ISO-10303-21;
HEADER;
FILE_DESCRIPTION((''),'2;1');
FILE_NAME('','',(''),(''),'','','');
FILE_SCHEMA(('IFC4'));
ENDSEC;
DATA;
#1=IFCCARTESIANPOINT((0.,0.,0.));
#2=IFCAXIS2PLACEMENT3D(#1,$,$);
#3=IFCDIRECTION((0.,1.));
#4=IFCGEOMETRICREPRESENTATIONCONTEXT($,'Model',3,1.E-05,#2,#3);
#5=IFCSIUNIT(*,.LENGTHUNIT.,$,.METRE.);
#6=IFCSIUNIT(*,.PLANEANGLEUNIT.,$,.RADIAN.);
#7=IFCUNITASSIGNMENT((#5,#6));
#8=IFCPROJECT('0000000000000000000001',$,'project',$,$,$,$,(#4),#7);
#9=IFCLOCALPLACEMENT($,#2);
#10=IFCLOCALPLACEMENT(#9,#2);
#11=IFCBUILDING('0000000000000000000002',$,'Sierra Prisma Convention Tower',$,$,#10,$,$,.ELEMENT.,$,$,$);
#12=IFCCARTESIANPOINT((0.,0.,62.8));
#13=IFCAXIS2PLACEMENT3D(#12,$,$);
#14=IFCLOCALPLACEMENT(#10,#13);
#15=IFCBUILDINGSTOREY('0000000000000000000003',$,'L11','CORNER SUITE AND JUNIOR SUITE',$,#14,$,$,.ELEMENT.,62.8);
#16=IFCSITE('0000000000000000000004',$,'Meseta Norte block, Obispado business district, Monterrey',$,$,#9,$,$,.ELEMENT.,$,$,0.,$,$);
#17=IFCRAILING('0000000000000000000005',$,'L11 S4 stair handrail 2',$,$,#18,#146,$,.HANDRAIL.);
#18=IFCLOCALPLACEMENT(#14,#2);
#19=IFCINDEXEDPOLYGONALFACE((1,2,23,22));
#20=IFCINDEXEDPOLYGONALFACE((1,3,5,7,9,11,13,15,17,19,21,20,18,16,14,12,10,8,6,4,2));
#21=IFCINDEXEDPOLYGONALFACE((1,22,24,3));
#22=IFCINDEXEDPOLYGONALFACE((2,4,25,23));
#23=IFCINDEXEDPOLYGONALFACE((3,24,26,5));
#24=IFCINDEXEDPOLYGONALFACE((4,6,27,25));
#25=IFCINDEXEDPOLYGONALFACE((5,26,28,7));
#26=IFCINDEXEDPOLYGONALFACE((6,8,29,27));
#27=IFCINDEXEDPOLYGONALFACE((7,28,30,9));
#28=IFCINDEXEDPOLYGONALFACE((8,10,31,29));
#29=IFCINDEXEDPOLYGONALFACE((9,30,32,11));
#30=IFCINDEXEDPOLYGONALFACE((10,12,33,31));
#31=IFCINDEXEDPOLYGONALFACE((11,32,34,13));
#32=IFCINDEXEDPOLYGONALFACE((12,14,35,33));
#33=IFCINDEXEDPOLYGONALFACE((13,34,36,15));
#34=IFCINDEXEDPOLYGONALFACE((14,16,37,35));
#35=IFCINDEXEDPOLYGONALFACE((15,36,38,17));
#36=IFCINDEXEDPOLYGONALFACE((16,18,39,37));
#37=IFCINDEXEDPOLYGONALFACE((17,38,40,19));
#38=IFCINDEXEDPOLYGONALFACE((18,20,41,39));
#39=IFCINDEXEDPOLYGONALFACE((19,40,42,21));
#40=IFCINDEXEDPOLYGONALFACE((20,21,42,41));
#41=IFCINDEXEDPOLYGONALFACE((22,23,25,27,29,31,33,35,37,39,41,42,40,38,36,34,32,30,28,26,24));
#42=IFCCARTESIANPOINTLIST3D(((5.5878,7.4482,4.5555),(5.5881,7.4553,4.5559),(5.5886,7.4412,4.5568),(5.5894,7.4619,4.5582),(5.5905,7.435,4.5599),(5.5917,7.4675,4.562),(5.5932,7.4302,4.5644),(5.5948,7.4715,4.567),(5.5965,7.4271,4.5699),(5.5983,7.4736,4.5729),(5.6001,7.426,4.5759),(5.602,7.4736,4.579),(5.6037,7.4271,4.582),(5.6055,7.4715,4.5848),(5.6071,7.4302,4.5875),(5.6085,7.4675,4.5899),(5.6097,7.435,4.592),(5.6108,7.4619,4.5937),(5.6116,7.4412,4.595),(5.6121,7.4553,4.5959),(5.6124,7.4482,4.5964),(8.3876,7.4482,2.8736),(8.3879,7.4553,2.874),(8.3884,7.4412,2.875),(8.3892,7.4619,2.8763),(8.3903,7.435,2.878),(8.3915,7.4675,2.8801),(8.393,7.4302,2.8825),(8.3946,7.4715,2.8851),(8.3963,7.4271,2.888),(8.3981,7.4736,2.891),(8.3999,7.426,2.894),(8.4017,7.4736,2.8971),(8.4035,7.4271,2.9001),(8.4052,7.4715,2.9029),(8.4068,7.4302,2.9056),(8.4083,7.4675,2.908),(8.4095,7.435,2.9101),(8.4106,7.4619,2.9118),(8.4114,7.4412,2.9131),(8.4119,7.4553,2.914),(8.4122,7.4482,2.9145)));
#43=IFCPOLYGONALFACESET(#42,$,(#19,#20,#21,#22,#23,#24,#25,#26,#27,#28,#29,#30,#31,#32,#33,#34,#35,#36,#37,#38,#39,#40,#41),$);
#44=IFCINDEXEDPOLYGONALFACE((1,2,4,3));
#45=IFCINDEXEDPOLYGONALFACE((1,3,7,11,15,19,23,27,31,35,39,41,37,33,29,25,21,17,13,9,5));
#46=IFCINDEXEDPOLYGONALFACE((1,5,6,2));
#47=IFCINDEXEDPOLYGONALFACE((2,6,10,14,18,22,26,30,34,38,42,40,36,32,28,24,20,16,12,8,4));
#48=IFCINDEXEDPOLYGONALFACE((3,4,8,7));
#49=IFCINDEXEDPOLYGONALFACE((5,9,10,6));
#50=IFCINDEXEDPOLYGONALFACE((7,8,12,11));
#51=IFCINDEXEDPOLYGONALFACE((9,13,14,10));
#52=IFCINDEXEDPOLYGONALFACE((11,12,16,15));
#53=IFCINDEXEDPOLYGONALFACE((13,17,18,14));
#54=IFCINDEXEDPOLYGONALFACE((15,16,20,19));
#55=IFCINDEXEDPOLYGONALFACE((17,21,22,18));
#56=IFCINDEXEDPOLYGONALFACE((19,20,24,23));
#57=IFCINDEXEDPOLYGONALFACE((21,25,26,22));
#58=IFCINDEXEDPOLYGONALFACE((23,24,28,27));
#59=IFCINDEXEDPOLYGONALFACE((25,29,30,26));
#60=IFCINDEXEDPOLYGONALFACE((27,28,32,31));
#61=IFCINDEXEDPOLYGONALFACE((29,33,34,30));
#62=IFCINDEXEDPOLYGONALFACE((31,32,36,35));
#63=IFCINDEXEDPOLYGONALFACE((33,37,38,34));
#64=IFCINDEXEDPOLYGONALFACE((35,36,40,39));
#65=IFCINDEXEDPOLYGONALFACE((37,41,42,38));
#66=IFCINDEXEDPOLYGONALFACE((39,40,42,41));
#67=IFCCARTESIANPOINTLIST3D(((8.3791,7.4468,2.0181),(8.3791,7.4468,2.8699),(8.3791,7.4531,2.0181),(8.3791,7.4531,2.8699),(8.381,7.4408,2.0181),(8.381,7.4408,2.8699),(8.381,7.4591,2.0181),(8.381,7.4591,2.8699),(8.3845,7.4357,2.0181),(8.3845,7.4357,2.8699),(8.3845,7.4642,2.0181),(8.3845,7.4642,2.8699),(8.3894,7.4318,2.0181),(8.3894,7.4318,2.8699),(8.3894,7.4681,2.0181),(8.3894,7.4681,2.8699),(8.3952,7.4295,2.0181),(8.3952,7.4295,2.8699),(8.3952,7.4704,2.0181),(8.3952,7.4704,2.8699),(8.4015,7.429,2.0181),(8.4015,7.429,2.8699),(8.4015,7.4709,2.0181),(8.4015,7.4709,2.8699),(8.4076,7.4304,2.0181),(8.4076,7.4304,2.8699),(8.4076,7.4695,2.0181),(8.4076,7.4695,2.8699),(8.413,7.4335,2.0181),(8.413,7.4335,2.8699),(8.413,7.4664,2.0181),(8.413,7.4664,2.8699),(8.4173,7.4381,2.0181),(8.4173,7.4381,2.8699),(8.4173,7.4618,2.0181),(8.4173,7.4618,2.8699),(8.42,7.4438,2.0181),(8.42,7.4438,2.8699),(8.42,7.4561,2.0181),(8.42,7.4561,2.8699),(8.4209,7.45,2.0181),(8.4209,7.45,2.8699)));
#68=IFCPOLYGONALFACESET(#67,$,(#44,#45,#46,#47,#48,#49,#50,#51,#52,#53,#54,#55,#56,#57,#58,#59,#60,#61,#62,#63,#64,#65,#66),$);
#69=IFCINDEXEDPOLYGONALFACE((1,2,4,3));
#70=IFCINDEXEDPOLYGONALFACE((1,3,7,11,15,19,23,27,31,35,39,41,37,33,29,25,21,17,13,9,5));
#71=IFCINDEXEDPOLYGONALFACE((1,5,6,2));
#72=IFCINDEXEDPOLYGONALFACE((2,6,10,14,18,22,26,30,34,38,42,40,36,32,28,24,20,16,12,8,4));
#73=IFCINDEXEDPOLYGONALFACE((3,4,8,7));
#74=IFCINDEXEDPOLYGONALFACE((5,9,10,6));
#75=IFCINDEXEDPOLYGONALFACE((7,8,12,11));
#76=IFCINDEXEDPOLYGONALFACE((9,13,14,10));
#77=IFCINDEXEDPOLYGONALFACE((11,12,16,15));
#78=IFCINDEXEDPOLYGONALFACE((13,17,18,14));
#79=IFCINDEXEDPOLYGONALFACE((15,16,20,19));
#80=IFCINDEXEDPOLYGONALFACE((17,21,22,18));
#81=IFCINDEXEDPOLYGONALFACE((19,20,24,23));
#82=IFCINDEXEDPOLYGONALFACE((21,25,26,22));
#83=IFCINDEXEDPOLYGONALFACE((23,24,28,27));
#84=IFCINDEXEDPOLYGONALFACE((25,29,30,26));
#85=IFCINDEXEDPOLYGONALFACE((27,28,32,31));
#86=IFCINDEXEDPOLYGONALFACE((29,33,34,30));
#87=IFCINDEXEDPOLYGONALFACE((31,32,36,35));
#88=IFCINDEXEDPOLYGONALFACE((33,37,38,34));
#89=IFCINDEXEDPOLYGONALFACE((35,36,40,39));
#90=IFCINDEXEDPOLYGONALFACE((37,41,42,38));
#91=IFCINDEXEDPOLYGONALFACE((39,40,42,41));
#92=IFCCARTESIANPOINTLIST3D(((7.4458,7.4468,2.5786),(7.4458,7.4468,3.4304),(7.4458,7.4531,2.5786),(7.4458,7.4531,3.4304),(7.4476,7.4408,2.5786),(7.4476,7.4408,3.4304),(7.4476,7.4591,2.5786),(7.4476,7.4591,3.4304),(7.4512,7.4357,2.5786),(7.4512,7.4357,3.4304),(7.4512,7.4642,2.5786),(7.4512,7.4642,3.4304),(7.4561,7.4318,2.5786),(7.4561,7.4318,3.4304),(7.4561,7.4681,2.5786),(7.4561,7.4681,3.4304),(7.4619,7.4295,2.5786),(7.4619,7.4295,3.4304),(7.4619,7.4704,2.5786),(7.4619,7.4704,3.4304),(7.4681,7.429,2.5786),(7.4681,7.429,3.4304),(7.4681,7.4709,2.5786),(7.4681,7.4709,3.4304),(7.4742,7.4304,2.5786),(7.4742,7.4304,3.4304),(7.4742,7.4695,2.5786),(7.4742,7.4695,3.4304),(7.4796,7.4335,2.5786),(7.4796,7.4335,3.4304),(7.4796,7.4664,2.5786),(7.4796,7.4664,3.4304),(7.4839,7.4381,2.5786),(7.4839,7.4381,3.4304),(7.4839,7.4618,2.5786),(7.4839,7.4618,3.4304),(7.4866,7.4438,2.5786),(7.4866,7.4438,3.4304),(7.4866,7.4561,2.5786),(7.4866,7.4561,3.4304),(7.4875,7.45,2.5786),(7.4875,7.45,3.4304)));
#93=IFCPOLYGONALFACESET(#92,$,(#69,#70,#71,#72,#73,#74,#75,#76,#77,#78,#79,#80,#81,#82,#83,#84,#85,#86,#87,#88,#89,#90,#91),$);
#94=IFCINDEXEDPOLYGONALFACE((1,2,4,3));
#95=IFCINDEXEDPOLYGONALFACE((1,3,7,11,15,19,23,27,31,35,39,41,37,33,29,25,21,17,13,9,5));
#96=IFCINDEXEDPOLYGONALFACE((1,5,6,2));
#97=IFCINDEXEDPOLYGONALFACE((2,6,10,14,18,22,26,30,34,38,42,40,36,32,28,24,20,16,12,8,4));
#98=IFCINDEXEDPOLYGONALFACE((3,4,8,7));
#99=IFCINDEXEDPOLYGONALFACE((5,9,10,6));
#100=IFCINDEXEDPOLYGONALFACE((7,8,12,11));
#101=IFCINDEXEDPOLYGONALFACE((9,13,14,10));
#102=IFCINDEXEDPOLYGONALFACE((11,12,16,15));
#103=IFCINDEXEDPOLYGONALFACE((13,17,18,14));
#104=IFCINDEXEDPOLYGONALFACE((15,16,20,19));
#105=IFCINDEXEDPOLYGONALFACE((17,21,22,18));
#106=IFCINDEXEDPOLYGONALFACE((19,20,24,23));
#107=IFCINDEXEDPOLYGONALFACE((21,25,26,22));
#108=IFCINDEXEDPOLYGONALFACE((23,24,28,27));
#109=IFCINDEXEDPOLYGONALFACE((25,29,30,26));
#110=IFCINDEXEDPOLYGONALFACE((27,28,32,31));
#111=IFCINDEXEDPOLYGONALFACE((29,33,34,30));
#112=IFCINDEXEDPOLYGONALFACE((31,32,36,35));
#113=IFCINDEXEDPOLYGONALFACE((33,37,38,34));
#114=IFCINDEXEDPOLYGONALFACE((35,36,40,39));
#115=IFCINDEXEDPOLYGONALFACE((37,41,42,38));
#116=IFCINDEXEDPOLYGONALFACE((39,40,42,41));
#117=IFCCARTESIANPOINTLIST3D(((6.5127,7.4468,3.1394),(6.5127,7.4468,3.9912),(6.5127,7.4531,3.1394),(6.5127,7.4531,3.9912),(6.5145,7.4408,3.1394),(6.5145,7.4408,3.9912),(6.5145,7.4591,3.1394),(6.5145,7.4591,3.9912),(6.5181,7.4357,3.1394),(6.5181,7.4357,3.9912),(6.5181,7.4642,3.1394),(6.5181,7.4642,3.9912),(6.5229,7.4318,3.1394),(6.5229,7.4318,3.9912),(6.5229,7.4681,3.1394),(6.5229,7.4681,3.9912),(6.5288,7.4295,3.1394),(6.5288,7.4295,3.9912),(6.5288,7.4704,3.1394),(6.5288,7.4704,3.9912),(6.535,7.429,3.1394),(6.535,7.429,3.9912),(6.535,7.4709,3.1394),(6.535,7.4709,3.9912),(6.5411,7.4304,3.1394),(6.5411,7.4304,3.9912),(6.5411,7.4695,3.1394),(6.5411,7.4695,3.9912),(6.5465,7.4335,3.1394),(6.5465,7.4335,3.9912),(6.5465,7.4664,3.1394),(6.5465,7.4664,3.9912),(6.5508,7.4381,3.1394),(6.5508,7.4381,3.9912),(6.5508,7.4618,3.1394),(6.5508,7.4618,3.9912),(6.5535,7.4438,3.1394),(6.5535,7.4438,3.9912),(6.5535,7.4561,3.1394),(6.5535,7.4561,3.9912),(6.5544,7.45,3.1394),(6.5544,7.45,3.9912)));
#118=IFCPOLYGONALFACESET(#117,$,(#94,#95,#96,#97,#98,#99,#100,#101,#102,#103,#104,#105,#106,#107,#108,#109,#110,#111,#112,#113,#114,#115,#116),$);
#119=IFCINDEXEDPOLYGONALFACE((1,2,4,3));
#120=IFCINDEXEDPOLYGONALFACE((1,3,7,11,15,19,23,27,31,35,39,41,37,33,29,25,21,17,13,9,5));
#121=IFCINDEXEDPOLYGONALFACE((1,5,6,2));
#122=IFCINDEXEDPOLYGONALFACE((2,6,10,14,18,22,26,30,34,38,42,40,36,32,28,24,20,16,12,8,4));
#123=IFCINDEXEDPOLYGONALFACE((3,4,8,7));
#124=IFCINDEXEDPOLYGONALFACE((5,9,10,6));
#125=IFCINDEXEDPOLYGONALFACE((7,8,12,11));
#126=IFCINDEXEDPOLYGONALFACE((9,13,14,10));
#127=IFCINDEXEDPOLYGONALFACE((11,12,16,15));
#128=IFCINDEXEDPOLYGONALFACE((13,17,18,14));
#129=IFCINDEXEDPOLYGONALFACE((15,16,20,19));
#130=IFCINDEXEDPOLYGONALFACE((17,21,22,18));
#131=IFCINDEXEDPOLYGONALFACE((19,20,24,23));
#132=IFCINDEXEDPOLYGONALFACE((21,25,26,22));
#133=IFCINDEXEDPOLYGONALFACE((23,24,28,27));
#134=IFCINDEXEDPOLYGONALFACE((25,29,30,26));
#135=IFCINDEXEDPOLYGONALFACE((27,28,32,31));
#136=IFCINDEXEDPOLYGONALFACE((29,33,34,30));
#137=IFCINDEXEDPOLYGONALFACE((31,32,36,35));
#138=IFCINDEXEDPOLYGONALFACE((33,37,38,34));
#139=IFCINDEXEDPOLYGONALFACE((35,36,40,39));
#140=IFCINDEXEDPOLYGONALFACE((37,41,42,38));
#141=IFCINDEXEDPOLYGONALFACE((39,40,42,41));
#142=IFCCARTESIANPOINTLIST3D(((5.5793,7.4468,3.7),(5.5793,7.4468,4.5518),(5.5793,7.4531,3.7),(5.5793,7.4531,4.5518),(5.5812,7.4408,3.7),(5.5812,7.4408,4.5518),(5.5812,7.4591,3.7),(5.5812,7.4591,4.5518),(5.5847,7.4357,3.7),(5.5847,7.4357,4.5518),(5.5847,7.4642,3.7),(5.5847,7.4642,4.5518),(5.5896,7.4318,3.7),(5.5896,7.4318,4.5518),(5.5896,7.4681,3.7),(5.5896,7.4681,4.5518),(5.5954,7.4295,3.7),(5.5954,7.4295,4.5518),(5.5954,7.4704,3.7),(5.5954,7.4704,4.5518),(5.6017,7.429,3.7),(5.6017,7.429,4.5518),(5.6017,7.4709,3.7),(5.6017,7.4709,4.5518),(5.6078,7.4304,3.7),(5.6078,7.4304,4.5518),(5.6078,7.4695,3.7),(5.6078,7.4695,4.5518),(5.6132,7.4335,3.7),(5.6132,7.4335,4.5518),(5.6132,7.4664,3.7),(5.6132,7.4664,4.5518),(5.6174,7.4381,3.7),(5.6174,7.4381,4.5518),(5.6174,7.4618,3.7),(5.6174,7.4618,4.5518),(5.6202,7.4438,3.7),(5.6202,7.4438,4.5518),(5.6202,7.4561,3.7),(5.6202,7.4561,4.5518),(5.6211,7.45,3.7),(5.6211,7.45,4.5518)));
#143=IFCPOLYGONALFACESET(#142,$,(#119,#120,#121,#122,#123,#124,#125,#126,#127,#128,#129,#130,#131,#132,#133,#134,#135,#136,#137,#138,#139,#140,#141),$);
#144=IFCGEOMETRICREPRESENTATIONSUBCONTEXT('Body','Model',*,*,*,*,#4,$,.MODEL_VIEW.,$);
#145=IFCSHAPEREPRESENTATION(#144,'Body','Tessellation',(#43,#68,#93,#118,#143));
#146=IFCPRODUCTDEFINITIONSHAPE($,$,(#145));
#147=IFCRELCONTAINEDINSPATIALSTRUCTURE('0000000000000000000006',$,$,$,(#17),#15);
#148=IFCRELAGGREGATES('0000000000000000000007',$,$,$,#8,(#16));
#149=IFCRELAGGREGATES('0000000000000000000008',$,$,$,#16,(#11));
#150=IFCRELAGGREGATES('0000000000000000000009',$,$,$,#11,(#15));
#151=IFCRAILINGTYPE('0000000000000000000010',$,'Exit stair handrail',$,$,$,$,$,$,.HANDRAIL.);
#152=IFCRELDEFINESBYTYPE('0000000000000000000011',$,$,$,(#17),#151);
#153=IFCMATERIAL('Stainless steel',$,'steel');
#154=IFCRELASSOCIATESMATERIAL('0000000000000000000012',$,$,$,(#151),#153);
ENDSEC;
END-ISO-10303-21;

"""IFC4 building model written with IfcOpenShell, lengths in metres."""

from ifc_helpers import new_model, si_unit, direction, frame, origin, origin_2d, place, context, subcontext, project, spatial, circle, extrude, material, type_object, element, save


model = new_model("IFC4")

# Units and contexts
model_context = context("Model", 3, precision=1e-05, world=origin(), true_north=direction((0.0, 1.0)))
body_context = subcontext(model_context, "Body", "Model", "MODEL_VIEW")
ifc_project = project(units=[si_unit("LENGTHUNIT", "METRE"), si_unit("PLANEANGLEUNIT", "RADIAN")], contexts=[model_context])

# Site, building, storey
site_placement = place(None, origin())
site = spatial("IfcSite", under=ifc_project, at=site_placement, Name="Meseta Norte block, Obispado business district, Monterrey", CompositionType="ELEMENT", RefElevation=0.0)
building_placement = place(site_placement, origin())
building = spatial("IfcBuilding", under=site, at=building_placement, Name="Sierra Prisma Convention Tower", CompositionType="ELEMENT")
storey_placement = place(building_placement, frame((0.0, 0.0, 62.8)))
storey = spatial("IfcBuildingStorey", under=building, at=storey_placement, Name="L11", Description="CORNER SUITE AND JUNIOR SUITE", CompositionType="ELEMENT", Elevation=62.8)

# Railing
ifc_material_1 = material(Name="Stainless steel", Category="steel")
railing_type_1 = type_object("IfcRailingType", Name="Exit stair handrail", PredefinedType="HANDRAIL", material=ifc_material_1)
railing_1_placement = place(storey_placement, frame((8.3999, 7.45, 2.0181)))
element("IfcRailing", 1, at=railing_1_placement, inside=storey, type_object=railing_type_1, Name="L11 S4 stair handrail 2", PredefinedType="HANDRAIL", context=body_context, shape_type="SweptSolid", body=[
    extrude(circle(Radius=0.0239, at=origin_2d()), frame((0.0, 0.0, 0.876), z_axis=(-0.857222, 0.0, 0.514946), x_axis=(0.0, -1.0, 0.0)), (0.0, 0.0, 1.0), 3.2661),
    extrude(circle(Radius=0.021, at=origin_2d()), origin(), (0.0, 0.0, 1.0), 0.8518),
    extrude(circle(Radius=0.021, at=origin_2d()), frame((-0.9333, 0.0, 0.5605)), (0.0, 0.0, 1.0), 0.8518),
    extrude(circle(Radius=0.021, at=origin_2d()), frame((-1.8665, 0.0, 1.1213)), (0.0, 0.0, 1.0), 0.8518),
    extrude(circle(Radius=0.021, at=origin_2d()), frame((-2.7998, 0.0, 1.6819)), (0.0, 0.0, 1.0), 0.8518),
])

save(model, "model.ifc")
